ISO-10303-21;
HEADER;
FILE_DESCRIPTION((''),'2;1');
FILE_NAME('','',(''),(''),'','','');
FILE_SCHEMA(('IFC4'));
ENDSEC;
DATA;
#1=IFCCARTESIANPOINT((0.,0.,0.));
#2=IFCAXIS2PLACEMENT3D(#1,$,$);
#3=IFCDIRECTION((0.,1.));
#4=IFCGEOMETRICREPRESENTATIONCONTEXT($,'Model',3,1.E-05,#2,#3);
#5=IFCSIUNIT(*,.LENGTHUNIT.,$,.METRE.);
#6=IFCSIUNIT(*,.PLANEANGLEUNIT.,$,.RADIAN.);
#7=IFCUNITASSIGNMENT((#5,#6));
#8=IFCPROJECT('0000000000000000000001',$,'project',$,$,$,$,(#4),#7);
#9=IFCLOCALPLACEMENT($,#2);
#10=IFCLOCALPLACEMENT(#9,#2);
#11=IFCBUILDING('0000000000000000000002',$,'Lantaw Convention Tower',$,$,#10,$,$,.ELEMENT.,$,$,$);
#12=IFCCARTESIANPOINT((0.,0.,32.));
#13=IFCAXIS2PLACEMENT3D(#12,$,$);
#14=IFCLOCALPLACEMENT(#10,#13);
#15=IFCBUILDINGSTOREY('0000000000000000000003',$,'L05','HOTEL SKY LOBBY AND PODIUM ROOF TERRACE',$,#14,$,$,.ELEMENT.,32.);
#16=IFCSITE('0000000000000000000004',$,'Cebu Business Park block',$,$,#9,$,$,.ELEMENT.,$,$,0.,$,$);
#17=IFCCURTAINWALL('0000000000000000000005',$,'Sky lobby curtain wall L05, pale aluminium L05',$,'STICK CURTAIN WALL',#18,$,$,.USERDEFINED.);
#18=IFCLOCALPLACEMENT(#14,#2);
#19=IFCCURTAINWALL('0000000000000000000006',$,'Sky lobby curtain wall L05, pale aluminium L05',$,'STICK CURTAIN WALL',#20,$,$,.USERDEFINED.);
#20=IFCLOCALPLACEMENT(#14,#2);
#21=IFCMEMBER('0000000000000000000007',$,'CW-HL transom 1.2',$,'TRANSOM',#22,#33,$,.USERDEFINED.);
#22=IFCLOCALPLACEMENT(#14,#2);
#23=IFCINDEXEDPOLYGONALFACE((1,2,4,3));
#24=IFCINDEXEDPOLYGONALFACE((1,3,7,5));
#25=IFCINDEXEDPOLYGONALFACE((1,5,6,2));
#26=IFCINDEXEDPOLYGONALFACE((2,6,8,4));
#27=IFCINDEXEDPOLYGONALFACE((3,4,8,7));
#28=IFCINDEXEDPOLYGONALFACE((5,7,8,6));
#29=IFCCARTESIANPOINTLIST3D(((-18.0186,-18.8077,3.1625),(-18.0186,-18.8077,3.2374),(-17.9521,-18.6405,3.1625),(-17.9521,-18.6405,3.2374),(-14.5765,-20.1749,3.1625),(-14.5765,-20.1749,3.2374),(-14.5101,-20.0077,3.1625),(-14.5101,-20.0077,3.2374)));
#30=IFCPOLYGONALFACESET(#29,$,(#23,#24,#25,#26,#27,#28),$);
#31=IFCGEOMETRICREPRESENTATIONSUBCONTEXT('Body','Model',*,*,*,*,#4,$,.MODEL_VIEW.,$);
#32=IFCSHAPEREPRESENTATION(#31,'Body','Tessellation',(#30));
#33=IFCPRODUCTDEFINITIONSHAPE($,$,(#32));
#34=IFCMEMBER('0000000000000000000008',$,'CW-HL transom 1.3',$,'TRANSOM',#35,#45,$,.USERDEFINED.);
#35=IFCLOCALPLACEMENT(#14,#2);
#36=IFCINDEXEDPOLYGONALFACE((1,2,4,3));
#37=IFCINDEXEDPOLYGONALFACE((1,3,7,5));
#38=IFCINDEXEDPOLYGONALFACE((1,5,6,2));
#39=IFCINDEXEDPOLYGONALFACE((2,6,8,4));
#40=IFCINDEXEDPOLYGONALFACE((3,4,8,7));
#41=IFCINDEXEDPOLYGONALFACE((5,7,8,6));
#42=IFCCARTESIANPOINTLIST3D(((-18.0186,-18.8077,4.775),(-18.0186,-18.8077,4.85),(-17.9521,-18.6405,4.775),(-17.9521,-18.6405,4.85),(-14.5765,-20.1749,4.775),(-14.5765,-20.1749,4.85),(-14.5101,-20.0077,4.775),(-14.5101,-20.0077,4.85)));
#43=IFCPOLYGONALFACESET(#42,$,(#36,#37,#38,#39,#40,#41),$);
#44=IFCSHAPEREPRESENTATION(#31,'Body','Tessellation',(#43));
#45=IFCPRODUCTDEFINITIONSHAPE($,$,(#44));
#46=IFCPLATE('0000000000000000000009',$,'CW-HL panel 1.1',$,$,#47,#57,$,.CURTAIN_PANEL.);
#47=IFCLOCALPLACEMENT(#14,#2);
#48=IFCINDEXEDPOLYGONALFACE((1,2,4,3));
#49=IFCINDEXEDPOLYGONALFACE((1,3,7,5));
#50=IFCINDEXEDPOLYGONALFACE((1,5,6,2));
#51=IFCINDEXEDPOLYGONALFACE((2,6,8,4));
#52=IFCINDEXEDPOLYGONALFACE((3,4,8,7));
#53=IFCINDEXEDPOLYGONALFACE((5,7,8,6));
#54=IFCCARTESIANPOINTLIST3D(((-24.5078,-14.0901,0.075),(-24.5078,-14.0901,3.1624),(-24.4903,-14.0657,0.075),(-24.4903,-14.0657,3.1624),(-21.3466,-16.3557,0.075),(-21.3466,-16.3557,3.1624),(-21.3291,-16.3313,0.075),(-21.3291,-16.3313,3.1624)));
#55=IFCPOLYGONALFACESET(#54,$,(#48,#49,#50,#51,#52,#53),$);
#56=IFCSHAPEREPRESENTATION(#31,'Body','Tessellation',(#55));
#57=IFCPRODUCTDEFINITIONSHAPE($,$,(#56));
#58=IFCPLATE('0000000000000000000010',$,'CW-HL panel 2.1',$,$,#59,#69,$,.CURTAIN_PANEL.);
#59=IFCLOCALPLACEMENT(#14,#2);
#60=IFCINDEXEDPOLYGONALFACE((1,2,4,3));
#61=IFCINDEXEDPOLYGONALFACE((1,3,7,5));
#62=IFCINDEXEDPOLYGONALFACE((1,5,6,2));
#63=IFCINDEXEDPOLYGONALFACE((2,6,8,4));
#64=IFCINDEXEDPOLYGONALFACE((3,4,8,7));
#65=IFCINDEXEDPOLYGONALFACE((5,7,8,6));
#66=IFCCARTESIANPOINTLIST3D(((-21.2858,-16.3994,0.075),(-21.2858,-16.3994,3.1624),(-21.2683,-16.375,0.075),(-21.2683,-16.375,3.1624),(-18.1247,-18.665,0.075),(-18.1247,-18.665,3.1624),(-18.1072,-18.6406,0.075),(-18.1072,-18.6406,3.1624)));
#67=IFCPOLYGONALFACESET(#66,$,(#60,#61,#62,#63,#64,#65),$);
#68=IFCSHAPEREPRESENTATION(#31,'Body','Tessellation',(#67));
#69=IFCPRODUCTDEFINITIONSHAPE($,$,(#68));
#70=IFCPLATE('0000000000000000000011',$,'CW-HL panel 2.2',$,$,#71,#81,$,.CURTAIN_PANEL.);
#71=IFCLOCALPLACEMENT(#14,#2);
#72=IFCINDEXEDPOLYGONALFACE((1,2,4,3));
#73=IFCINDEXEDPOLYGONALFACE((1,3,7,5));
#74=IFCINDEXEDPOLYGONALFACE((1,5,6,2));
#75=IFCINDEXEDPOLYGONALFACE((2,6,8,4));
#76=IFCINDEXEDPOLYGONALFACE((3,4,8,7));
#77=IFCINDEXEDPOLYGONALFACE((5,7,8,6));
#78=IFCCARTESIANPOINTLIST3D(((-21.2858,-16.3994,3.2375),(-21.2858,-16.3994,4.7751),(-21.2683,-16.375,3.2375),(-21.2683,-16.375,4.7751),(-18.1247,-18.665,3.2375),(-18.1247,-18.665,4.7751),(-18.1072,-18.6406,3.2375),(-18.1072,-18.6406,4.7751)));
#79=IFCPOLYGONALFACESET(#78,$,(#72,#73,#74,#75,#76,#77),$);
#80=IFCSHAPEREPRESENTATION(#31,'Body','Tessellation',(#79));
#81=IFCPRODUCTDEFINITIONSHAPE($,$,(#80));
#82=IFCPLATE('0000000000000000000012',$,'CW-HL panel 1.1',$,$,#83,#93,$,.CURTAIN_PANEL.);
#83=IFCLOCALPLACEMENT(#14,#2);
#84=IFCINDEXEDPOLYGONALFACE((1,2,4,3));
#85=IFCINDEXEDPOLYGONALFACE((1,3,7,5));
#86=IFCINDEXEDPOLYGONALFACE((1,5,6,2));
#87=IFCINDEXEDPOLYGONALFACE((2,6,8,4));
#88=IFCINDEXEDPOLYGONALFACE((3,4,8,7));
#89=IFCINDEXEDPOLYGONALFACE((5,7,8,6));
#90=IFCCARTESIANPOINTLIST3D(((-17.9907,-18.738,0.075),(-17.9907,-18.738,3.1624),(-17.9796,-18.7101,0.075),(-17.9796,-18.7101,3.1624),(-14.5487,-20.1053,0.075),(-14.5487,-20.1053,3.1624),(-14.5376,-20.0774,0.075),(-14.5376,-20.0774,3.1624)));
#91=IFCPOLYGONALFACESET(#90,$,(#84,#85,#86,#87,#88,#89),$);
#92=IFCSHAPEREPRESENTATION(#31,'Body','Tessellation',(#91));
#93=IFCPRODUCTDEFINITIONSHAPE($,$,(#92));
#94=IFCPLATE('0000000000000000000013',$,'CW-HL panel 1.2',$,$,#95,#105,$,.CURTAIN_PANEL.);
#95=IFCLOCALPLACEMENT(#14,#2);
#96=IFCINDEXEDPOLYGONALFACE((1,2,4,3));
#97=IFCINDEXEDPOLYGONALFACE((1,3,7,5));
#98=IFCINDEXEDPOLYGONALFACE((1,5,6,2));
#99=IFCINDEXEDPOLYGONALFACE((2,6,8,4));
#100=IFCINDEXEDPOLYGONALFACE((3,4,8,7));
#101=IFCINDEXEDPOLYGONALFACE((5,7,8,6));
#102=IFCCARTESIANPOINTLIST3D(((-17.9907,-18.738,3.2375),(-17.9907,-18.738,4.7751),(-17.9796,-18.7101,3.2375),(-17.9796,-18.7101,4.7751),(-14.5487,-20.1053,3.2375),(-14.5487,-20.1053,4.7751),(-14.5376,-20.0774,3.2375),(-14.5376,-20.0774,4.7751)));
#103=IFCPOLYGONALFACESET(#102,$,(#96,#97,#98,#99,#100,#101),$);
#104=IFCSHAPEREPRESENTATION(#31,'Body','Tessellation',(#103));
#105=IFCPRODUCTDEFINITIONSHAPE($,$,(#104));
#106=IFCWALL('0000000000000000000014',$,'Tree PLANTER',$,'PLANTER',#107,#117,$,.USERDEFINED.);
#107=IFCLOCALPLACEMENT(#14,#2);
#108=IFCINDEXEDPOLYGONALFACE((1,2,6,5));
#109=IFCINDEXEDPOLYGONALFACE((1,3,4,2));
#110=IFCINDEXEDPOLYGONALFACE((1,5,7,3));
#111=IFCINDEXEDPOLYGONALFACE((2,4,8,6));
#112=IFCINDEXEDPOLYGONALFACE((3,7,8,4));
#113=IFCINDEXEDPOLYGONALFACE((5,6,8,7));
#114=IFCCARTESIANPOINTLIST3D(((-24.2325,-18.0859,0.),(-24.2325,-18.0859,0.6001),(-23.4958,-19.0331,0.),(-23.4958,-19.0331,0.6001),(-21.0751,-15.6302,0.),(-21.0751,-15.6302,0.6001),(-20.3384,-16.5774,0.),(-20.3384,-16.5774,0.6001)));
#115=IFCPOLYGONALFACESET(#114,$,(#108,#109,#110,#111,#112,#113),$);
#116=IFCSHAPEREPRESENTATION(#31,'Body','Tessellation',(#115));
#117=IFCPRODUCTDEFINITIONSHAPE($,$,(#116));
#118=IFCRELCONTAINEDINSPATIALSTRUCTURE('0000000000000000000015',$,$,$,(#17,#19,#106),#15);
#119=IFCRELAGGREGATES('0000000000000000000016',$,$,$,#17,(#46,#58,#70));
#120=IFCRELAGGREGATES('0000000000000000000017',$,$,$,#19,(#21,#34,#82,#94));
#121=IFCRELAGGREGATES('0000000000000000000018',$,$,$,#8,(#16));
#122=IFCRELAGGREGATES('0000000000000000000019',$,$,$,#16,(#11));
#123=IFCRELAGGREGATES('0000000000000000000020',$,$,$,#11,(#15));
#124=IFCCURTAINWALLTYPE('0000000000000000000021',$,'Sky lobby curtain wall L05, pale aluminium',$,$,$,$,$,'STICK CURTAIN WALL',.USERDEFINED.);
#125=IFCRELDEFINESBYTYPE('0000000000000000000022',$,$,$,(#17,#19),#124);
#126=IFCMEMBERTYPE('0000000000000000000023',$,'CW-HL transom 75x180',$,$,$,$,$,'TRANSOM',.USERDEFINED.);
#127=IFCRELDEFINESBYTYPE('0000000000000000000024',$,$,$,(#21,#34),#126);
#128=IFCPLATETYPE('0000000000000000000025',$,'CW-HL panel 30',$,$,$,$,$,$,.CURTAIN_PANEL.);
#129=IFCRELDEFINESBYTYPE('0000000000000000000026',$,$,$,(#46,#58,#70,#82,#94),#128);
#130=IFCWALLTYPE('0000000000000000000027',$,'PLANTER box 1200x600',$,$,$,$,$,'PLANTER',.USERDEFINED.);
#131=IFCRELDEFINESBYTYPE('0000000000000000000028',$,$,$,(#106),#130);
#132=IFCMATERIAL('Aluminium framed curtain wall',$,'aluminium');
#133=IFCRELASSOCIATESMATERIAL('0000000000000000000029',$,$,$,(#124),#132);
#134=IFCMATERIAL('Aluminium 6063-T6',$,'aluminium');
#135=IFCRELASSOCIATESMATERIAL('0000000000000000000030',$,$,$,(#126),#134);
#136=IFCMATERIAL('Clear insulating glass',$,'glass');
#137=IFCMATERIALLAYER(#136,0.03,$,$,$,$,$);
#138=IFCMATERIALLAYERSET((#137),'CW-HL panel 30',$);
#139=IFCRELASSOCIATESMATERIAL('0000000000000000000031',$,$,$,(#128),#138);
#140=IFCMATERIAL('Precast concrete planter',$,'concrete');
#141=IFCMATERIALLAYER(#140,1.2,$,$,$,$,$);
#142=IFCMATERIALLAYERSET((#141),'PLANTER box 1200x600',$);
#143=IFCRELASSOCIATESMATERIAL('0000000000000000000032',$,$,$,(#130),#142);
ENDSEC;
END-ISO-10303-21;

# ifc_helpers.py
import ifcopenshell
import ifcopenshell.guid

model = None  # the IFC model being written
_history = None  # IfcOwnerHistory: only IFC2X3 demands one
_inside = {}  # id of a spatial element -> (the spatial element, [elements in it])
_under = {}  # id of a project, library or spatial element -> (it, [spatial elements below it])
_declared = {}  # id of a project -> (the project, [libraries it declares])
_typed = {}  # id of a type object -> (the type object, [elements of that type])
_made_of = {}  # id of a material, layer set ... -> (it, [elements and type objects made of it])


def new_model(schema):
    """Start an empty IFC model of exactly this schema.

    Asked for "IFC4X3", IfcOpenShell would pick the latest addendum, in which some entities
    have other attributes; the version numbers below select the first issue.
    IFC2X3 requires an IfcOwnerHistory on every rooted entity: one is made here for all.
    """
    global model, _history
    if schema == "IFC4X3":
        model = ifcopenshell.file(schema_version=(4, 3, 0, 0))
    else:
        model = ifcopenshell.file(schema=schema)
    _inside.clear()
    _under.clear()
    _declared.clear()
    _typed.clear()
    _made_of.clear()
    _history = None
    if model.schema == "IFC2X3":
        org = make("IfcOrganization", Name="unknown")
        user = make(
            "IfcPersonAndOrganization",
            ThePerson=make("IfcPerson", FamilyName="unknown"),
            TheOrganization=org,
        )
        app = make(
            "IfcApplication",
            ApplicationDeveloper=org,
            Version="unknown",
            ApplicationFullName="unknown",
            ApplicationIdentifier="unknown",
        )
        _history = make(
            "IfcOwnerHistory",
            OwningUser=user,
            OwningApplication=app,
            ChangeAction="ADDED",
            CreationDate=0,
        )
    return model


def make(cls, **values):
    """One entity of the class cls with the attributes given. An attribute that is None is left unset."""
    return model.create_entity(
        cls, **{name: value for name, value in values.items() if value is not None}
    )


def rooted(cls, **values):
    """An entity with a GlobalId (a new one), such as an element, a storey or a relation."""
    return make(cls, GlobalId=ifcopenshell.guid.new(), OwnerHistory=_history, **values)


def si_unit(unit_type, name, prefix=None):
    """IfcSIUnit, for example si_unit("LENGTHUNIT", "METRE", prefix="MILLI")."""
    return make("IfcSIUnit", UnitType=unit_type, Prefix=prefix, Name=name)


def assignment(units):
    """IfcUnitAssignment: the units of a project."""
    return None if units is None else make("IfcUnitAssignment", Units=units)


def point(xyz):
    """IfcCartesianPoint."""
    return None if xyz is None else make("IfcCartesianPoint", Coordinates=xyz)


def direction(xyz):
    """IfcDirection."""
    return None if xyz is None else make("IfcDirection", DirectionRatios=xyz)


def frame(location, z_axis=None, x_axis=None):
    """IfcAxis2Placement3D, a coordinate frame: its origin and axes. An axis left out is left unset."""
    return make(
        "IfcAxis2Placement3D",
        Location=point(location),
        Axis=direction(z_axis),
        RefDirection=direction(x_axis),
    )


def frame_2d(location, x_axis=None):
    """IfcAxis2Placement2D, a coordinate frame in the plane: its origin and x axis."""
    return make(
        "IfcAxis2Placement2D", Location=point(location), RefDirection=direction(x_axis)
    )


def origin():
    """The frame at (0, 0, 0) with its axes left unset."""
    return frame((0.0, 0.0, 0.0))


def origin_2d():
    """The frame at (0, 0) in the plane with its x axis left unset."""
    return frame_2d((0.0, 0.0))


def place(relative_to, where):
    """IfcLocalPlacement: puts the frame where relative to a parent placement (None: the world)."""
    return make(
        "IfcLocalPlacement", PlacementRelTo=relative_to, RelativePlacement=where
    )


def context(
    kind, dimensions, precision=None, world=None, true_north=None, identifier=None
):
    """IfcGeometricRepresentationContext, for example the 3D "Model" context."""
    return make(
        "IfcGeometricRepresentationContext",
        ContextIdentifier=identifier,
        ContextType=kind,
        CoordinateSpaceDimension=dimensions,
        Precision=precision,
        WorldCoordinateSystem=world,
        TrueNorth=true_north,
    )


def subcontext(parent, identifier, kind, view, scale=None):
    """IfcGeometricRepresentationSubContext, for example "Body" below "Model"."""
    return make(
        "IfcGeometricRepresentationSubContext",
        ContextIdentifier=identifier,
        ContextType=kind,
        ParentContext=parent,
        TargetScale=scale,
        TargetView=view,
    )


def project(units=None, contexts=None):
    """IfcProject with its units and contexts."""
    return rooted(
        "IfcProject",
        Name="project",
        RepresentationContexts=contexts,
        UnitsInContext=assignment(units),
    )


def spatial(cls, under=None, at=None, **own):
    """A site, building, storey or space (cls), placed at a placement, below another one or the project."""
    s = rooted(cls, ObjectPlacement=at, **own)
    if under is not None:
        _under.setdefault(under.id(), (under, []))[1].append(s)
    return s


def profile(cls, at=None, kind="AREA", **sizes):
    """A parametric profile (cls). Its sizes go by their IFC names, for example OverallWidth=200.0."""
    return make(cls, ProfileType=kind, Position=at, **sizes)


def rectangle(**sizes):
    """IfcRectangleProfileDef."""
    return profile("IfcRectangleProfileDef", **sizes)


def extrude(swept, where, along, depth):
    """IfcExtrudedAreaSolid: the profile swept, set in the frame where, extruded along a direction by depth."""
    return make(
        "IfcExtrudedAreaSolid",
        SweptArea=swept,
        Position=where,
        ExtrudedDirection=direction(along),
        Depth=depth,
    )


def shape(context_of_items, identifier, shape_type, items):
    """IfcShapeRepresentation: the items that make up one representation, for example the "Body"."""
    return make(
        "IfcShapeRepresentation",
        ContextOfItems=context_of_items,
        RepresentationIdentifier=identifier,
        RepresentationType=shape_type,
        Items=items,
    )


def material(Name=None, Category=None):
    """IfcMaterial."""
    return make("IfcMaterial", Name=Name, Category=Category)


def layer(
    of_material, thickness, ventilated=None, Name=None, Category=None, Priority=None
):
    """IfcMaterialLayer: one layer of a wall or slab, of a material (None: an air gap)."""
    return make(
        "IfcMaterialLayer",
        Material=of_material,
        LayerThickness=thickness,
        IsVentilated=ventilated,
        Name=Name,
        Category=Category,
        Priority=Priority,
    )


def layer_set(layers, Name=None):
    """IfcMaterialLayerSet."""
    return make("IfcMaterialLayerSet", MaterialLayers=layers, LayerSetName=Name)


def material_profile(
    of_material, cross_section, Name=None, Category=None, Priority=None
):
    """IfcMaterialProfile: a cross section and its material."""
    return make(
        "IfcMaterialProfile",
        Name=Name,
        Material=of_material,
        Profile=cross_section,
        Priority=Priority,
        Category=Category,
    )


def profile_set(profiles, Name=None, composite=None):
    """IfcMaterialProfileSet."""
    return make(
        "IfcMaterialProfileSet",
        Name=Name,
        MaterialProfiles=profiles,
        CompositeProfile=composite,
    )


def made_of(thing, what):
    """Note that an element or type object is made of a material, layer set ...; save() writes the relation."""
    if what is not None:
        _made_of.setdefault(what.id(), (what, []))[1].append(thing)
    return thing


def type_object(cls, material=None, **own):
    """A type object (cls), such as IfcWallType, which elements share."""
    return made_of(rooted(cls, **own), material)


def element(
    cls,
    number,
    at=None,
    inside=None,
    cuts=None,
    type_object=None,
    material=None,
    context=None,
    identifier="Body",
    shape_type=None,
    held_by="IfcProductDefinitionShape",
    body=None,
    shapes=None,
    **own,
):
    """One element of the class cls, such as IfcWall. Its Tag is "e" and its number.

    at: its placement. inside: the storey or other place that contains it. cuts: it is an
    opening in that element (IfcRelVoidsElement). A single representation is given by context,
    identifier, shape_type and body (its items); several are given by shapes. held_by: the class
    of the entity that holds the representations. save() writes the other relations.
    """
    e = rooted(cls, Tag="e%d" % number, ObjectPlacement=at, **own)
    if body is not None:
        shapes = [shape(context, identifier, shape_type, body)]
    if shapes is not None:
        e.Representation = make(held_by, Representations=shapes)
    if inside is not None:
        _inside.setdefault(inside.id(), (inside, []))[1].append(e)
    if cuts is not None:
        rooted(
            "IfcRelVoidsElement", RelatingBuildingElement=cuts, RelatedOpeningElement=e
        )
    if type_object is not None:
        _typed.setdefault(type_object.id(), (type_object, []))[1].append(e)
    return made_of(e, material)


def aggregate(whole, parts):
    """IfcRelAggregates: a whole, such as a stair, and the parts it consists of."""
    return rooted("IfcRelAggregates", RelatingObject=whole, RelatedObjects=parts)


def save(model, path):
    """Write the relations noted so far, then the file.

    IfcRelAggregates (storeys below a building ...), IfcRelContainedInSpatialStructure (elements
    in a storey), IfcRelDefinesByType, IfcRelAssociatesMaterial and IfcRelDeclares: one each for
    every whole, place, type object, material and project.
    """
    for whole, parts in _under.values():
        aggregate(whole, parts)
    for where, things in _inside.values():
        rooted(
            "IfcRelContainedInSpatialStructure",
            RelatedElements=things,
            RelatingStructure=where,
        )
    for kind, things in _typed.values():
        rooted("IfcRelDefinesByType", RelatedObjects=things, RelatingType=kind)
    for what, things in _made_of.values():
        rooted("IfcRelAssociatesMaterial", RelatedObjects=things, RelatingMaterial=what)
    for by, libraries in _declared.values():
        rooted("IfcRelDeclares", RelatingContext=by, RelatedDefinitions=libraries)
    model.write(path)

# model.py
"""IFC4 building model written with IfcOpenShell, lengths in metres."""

from ifc_helpers import new_model, si_unit, direction, frame, frame_2d, origin, origin_2d, place, context, subcontext, project, spatial, rectangle, extrude, material, layer, layer_set, material_profile, profile_set, type_object, element, aggregate, save


model = new_model("IFC4")

# Units and contexts
model_context = context("Model", 3, precision=1e-05, world=origin(), true_north=direction((0.0, 1.0)))
body_context = subcontext(model_context, "Body", "Model", "MODEL_VIEW")
ifc_project = project(units=[si_unit("LENGTHUNIT", "METRE"), si_unit("PLANEANGLEUNIT", "RADIAN")], contexts=[model_context])

# Site, building, storey
site_placement = place(None, origin())
site = spatial("IfcSite", under=ifc_project, at=site_placement, Name="Cebu Business Park block", CompositionType="ELEMENT", RefElevation=0.0)
building_placement = place(site_placement, origin())
building = spatial("IfcBuilding", under=site, at=building_placement, Name="Lantaw Convention Tower", CompositionType="ELEMENT")
storey_placement = place(building_placement, frame((0.0, 0.0, 32.0)))
storey = spatial("IfcBuildingStorey", under=building, at=storey_placement, Name="L05", Description="HOTEL SKY LOBBY AND PODIUM ROOF TERRACE", CompositionType="ELEMENT", Elevation=32.0)

# Curtain wall
ifc_material_1 = material(Name="Aluminium framed curtain wall", Category="aluminium")
curtain_wall_type = type_object("IfcCurtainWallType", Name="Sky lobby curtain wall L05, pale aluminium", ElementType="STICK CURTAIN WALL", PredefinedType="USERDEFINED", material=ifc_material_1)
curtain_wall_1_placement = place(storey_placement, origin())
curtain_wall_1 = element("IfcCurtainWall", 1, at=curtain_wall_1_placement, inside=storey, type_object=curtain_wall_type, Name="Sky lobby curtain wall L05, pale aluminium L05", ObjectType="STICK CURTAIN WALL", PredefinedType="USERDEFINED")
ifc_material_2 = material(Name="Aluminium 6063-T6", Category="aluminium")

# Curtain wall
curtain_wall_2_placement = place(storey_placement, origin())
curtain_wall_2 = element("IfcCurtainWall", 2, at=curtain_wall_2_placement, inside=storey, type_object=curtain_wall_type, Name="Sky lobby curtain wall L05, pale aluminium L05", ObjectType="STICK CURTAIN WALL", PredefinedType="USERDEFINED")

# Members
ifc_material_profile_1 = material_profile(ifc_material_2, rectangle(XDim=0.1799, YDim=0.075, at=origin_2d()), Name="CW-HL transom 75x180")
ifc_profile_set_1 = profile_set([ifc_material_profile_1], Name="Aluminium 6063-T6")
member_type_1 = type_object("IfcMemberType", Name="CW-HL transom 75x180", ElementType="TRANSOM", PredefinedType="USERDEFINED", material=ifc_profile_set_1)
member_1_placement = place(storey_placement, frame((-17.9854, -18.7241, 3.2), z_axis=(0.929374, -0.369139, 0.0), x_axis=(0.369139, 0.929374, 0.0)))
member_1 = element("IfcMember", 3, at=member_1_placement, type_object=member_type_1, Name="CW-HL transom 1.2", ObjectType="TRANSOM", PredefinedType="USERDEFINED", context=body_context, shape_type="SweptSolid", body=[
    extrude(rectangle(XDim=0.1799, YDim=0.075, at=origin_2d()), origin(), (0.0, 0.0, 1.0), 3.7036),
])
member_2_placement = place(storey_placement, frame((-17.9854, -18.7241, 4.8125), z_axis=(0.929374, -0.369139, 0.0), x_axis=(0.369139, 0.929374, 0.0)))
member_2 = element("IfcMember", 4, at=member_2_placement, type_object=member_type_1, Name="CW-HL transom 1.3", ObjectType="TRANSOM", PredefinedType="USERDEFINED", context=body_context, shape_type="SweptSolid", body=[
    extrude(rectangle(XDim=0.1799, YDim=0.075, at=origin_2d()), origin(), (0.0, 0.0, 1.0), 3.7036),
])

# Plates
ifc_material_3 = material(Name="Clear insulating glass", Category="glass")
ifc_layer_1 = layer(ifc_material_3, 0.03)
ifc_layer_set_1 = layer_set([ifc_layer_1], Name="CW-HL panel 30")
plate_type = type_object("IfcPlateType", Name="CW-HL panel 30", PredefinedType="CURTAIN_PANEL", material=ifc_layer_set_1)
plate_1_placement = place(storey_placement, frame((-22.9185, -15.2107, 0.075), z_axis=(0.0, 0.0, 1.0), x_axis=(0.812804, -0.582538, 0.0)))
plate_1 = element("IfcPlate", 5, at=plate_1_placement, type_object=plate_type, Name="CW-HL panel 1.1", PredefinedType="CURTAIN_PANEL", context=body_context, shape_type="SweptSolid", body=[
    extrude(rectangle(XDim=3.8892, YDim=0.03, at=origin_2d()), origin(), (0.0, 0.0, 1.0), 3.0874),
])
plate_2_placement = place(storey_placement, frame((-19.6965, -17.52, 0.075), z_axis=(0.0, 0.0, 1.0), x_axis=(0.812804, -0.582538, 0.0)))
plate_2 = element("IfcPlate", 6, at=plate_2_placement, type_object=plate_type, Name="CW-HL panel 2.1", PredefinedType="CURTAIN_PANEL", context=body_context, shape_type="SweptSolid", body=[
    extrude(rectangle(XDim=3.8892, YDim=0.03, at=origin_2d()), origin(), (0.0, 0.0, 1.0), 3.0874),
])
plate_3_placement = place(storey_placement, frame((-19.6965, -17.52, 3.2375), z_axis=(0.0, 0.0, 1.0), x_axis=(0.812804, -0.582538, 0.0)))
plate_3 = element("IfcPlate", 7, at=plate_3_placement, type_object=plate_type, Name="CW-HL panel 2.2", PredefinedType="CURTAIN_PANEL", context=body_context, shape_type="SweptSolid", body=[
    extrude(rectangle(XDim=3.8892, YDim=0.03, at=origin_2d()), origin(), (0.0, 0.0, 1.0), 1.5376),
])
aggregate(curtain_wall_1, [plate_1, plate_2, plate_3])
plate_4_placement = place(storey_placement, frame((-16.2642, -19.4077, 0.075), z_axis=(0.0, 0.0, 1.0), x_axis=(0.929361, -0.369172, 0.0)))
plate_4 = element("IfcPlate", 8, at=plate_4_placement, type_object=plate_type, Name="CW-HL panel 1.1", PredefinedType="CURTAIN_PANEL", context=body_context, shape_type="SweptSolid", body=[
    extrude(rectangle(XDim=3.7036, YDim=0.03, at=origin_2d()), origin(), (0.0, 0.0, 1.0), 3.0874),
])
plate_5_placement = place(storey_placement, frame((-16.2642, -19.4077, 3.2375), z_axis=(0.0, 0.0, 1.0), x_axis=(0.929361, -0.369172, 0.0)))
plate_5 = element("IfcPlate", 9, at=plate_5_placement, type_object=plate_type, Name="CW-HL panel 1.2", PredefinedType="CURTAIN_PANEL", context=body_context, shape_type="SweptSolid", body=[
    extrude(rectangle(XDim=3.7036, YDim=0.03, at=origin_2d()), origin(), (0.0, 0.0, 1.0), 1.5376),
])
aggregate(curtain_wall_2, [member_1, member_2, plate_4, plate_5])

# Wall
ifc_material_4 = material(Name="Precast concrete planter", Category="concrete")
ifc_layer_2 = layer(ifc_material_4, 1.2)
ifc_layer_set_2 = layer_set([ifc_layer_2], Name="PLANTER box 1200x600")
wall_type = type_object("IfcWallType", Name="PLANTER box 1200x600", ElementType="PLANTER", PredefinedType="USERDEFINED", material=ifc_layer_set_2)
wall_placement = place(storey_placement, frame((-20.7068, -16.1038, 0.0), z_axis=(0.0, 0.0, 1.0), x_axis=(-0.789352, -0.613941, 0.0)))
element("IfcWall", 10, at=wall_placement, inside=storey, type_object=wall_type, Name="Tree PLANTER", ObjectType="PLANTER", PredefinedType="USERDEFINED", context=body_context, shape_type="SweptSolid", body=[
    extrude(rectangle(XDim=4.0, YDim=1.2, at=frame_2d((2.0, 0.0))), origin(), (0.0, 0.0, 1.0), 0.6001),
])

save(model, "model.ifc")
